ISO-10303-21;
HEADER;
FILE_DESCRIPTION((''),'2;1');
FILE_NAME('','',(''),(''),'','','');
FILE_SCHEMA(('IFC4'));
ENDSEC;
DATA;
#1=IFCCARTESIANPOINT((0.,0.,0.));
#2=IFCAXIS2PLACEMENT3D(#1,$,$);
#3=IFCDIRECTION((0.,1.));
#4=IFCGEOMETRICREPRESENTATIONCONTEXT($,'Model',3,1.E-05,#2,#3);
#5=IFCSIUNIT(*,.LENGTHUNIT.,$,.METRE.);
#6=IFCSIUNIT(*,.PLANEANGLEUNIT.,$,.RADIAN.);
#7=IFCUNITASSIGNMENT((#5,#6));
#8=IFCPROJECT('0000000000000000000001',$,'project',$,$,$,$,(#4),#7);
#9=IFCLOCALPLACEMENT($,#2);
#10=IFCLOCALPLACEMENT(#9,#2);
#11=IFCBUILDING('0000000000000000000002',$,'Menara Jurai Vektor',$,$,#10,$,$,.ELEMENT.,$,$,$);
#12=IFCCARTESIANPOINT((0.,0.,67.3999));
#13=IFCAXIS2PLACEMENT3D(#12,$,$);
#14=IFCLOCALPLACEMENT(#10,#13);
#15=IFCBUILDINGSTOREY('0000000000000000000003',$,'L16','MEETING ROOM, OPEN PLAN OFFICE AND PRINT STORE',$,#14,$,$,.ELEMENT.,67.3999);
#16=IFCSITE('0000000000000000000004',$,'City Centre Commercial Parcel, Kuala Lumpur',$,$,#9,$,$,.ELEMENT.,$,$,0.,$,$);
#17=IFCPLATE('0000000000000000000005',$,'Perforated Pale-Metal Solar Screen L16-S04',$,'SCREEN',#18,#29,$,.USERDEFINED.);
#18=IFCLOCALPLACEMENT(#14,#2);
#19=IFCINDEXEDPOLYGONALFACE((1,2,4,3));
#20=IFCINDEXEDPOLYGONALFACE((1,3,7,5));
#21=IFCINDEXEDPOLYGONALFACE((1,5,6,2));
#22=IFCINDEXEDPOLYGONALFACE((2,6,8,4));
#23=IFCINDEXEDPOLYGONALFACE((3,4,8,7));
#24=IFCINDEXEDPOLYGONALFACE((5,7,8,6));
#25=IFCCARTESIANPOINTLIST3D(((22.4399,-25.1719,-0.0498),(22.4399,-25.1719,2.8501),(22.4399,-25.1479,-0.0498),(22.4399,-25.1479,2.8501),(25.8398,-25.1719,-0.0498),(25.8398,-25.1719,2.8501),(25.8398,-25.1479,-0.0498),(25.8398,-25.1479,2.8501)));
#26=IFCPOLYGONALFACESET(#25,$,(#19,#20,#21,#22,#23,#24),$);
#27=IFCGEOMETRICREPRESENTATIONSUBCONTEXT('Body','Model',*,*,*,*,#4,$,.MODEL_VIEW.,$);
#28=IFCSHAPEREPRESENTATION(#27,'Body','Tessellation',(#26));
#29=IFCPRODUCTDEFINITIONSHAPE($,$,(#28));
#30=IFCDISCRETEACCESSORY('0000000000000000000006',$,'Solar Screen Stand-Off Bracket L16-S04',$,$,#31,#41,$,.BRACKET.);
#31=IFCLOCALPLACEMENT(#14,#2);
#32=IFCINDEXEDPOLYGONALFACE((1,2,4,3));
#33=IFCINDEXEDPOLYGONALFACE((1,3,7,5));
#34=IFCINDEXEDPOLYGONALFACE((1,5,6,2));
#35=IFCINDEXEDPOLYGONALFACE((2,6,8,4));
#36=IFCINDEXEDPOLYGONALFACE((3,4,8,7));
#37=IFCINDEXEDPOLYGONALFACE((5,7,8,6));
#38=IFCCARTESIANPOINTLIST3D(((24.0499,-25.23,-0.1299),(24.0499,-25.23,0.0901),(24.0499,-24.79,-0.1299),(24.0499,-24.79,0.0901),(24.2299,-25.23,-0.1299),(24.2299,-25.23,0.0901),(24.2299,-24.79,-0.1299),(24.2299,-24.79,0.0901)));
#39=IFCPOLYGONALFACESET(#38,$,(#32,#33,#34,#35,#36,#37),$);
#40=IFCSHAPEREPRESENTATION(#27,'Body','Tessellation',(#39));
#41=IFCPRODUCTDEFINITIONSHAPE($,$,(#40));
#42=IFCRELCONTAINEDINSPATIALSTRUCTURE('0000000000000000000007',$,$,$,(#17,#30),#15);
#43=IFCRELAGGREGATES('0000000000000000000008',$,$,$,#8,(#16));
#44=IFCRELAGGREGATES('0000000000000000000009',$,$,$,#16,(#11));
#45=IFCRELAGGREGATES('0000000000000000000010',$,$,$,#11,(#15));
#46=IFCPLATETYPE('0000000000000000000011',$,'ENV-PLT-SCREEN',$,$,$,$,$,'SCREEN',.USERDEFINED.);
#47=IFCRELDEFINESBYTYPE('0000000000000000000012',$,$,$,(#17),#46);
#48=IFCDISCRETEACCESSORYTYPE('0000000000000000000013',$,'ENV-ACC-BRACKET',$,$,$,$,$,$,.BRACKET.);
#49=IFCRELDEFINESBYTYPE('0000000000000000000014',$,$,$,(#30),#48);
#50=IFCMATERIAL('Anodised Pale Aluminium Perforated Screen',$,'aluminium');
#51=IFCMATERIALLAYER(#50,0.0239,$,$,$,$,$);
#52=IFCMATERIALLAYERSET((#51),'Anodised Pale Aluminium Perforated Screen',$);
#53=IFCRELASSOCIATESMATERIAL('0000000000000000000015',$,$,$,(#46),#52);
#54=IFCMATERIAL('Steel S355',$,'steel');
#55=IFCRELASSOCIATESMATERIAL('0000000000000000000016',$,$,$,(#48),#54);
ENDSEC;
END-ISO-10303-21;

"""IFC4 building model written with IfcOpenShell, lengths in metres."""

from ifc_helpers import new_model, si_unit, direction, frame, origin, origin_2d, place, context, subcontext, project, spatial, rectangle, extrude, material, layer, layer_set, type_object, element, save


model = new_model("IFC4")

# Units and contexts
model_context = context("Model", 3, precision=1e-05, world=origin(), true_north=direction((0.0, 1.0)))
body_context = subcontext(model_context, "Body", "Model", "MODEL_VIEW")
ifc_project = project(units=[si_unit("LENGTHUNIT", "METRE"), si_unit("PLANEANGLEUNIT", "RADIAN")], contexts=[model_context])

# Site, building, storey
site_placement = place(None, origin())
site = spatial("IfcSite", under=ifc_project, at=site_placement, Name="City Centre Commercial Parcel, Kuala Lumpur", CompositionType="ELEMENT", RefElevation=0.0)
building_placement = place(site_placement, origin())
building = spatial("IfcBuilding", under=site, at=building_placement, Name="Menara Jurai Vektor", CompositionType="ELEMENT")
storey_placement = place(building_placement, frame((0.0, 0.0, 67.3999)))
storey = spatial("IfcBuildingStorey", under=building, at=storey_placement, Name="L16", Description="MEETING ROOM, OPEN PLAN OFFICE AND PRINT STORE", CompositionType="ELEMENT", Elevation=67.3999)

# Shared definitions
ifc_material_1 = material(Name="Steel S355", Category="steel")

# Plate
ifc_material_2 = material(Name="Anodised Pale Aluminium Perforated Screen", Category="aluminium")
ifc_layer_1 = layer(ifc_material_2, 0.0239)
ifc_layer_set_1 = layer_set([ifc_layer_1], Name="Anodised Pale Aluminium Perforated Screen")
plate_type_1 = type_object("IfcPlateType", Name="ENV-PLT-SCREEN", ElementType="SCREEN", PredefinedType="USERDEFINED", material=ifc_layer_set_1)
plate_1_placement = place(storey_placement, frame((24.1399, -25.1599, -0.0498), z_axis=(0.0, 0.0, 1.0), x_axis=(1.0, 0.0, 0.0)))
element("IfcPlate", 1, at=plate_1_placement, inside=storey, type_object=plate_type_1, Name="Perforated Pale-Metal Solar Screen L16-S04", ObjectType="SCREEN", PredefinedType="USERDEFINED", context=body_context, shape_type="SweptSolid", body=[
    extrude(rectangle(XDim=3.3999, YDim=0.0239, at=origin_2d()), origin(), (0.0, 0.0, 1.0), 2.8999),
])

# Discrete accessory
discrete_accessory_type = type_object("IfcDiscreteAccessoryType", Name="ENV-ACC-BRACKET", PredefinedType="BRACKET", material=ifc_material_1)
discrete_accessory_placement = place(storey_placement, frame((24.1399, -25.01, -0.1299), z_axis=(0.0, 0.0, 1.0), x_axis=(1.0, 0.0, 0.0)))
element("IfcDiscreteAccessory", 2, at=discrete_accessory_placement, inside=storey, type_object=discrete_accessory_type, Name="Solar Screen Stand-Off Bracket L16-S04", PredefinedType="BRACKET", context=body_context, shape_type="SweptSolid", body=[
    extrude(rectangle(XDim=0.1799, YDim=0.4399, at=origin_2d()), origin(), (0.0, 0.0, 1.0), 0.22),
])

save(model, "model.ifc")
